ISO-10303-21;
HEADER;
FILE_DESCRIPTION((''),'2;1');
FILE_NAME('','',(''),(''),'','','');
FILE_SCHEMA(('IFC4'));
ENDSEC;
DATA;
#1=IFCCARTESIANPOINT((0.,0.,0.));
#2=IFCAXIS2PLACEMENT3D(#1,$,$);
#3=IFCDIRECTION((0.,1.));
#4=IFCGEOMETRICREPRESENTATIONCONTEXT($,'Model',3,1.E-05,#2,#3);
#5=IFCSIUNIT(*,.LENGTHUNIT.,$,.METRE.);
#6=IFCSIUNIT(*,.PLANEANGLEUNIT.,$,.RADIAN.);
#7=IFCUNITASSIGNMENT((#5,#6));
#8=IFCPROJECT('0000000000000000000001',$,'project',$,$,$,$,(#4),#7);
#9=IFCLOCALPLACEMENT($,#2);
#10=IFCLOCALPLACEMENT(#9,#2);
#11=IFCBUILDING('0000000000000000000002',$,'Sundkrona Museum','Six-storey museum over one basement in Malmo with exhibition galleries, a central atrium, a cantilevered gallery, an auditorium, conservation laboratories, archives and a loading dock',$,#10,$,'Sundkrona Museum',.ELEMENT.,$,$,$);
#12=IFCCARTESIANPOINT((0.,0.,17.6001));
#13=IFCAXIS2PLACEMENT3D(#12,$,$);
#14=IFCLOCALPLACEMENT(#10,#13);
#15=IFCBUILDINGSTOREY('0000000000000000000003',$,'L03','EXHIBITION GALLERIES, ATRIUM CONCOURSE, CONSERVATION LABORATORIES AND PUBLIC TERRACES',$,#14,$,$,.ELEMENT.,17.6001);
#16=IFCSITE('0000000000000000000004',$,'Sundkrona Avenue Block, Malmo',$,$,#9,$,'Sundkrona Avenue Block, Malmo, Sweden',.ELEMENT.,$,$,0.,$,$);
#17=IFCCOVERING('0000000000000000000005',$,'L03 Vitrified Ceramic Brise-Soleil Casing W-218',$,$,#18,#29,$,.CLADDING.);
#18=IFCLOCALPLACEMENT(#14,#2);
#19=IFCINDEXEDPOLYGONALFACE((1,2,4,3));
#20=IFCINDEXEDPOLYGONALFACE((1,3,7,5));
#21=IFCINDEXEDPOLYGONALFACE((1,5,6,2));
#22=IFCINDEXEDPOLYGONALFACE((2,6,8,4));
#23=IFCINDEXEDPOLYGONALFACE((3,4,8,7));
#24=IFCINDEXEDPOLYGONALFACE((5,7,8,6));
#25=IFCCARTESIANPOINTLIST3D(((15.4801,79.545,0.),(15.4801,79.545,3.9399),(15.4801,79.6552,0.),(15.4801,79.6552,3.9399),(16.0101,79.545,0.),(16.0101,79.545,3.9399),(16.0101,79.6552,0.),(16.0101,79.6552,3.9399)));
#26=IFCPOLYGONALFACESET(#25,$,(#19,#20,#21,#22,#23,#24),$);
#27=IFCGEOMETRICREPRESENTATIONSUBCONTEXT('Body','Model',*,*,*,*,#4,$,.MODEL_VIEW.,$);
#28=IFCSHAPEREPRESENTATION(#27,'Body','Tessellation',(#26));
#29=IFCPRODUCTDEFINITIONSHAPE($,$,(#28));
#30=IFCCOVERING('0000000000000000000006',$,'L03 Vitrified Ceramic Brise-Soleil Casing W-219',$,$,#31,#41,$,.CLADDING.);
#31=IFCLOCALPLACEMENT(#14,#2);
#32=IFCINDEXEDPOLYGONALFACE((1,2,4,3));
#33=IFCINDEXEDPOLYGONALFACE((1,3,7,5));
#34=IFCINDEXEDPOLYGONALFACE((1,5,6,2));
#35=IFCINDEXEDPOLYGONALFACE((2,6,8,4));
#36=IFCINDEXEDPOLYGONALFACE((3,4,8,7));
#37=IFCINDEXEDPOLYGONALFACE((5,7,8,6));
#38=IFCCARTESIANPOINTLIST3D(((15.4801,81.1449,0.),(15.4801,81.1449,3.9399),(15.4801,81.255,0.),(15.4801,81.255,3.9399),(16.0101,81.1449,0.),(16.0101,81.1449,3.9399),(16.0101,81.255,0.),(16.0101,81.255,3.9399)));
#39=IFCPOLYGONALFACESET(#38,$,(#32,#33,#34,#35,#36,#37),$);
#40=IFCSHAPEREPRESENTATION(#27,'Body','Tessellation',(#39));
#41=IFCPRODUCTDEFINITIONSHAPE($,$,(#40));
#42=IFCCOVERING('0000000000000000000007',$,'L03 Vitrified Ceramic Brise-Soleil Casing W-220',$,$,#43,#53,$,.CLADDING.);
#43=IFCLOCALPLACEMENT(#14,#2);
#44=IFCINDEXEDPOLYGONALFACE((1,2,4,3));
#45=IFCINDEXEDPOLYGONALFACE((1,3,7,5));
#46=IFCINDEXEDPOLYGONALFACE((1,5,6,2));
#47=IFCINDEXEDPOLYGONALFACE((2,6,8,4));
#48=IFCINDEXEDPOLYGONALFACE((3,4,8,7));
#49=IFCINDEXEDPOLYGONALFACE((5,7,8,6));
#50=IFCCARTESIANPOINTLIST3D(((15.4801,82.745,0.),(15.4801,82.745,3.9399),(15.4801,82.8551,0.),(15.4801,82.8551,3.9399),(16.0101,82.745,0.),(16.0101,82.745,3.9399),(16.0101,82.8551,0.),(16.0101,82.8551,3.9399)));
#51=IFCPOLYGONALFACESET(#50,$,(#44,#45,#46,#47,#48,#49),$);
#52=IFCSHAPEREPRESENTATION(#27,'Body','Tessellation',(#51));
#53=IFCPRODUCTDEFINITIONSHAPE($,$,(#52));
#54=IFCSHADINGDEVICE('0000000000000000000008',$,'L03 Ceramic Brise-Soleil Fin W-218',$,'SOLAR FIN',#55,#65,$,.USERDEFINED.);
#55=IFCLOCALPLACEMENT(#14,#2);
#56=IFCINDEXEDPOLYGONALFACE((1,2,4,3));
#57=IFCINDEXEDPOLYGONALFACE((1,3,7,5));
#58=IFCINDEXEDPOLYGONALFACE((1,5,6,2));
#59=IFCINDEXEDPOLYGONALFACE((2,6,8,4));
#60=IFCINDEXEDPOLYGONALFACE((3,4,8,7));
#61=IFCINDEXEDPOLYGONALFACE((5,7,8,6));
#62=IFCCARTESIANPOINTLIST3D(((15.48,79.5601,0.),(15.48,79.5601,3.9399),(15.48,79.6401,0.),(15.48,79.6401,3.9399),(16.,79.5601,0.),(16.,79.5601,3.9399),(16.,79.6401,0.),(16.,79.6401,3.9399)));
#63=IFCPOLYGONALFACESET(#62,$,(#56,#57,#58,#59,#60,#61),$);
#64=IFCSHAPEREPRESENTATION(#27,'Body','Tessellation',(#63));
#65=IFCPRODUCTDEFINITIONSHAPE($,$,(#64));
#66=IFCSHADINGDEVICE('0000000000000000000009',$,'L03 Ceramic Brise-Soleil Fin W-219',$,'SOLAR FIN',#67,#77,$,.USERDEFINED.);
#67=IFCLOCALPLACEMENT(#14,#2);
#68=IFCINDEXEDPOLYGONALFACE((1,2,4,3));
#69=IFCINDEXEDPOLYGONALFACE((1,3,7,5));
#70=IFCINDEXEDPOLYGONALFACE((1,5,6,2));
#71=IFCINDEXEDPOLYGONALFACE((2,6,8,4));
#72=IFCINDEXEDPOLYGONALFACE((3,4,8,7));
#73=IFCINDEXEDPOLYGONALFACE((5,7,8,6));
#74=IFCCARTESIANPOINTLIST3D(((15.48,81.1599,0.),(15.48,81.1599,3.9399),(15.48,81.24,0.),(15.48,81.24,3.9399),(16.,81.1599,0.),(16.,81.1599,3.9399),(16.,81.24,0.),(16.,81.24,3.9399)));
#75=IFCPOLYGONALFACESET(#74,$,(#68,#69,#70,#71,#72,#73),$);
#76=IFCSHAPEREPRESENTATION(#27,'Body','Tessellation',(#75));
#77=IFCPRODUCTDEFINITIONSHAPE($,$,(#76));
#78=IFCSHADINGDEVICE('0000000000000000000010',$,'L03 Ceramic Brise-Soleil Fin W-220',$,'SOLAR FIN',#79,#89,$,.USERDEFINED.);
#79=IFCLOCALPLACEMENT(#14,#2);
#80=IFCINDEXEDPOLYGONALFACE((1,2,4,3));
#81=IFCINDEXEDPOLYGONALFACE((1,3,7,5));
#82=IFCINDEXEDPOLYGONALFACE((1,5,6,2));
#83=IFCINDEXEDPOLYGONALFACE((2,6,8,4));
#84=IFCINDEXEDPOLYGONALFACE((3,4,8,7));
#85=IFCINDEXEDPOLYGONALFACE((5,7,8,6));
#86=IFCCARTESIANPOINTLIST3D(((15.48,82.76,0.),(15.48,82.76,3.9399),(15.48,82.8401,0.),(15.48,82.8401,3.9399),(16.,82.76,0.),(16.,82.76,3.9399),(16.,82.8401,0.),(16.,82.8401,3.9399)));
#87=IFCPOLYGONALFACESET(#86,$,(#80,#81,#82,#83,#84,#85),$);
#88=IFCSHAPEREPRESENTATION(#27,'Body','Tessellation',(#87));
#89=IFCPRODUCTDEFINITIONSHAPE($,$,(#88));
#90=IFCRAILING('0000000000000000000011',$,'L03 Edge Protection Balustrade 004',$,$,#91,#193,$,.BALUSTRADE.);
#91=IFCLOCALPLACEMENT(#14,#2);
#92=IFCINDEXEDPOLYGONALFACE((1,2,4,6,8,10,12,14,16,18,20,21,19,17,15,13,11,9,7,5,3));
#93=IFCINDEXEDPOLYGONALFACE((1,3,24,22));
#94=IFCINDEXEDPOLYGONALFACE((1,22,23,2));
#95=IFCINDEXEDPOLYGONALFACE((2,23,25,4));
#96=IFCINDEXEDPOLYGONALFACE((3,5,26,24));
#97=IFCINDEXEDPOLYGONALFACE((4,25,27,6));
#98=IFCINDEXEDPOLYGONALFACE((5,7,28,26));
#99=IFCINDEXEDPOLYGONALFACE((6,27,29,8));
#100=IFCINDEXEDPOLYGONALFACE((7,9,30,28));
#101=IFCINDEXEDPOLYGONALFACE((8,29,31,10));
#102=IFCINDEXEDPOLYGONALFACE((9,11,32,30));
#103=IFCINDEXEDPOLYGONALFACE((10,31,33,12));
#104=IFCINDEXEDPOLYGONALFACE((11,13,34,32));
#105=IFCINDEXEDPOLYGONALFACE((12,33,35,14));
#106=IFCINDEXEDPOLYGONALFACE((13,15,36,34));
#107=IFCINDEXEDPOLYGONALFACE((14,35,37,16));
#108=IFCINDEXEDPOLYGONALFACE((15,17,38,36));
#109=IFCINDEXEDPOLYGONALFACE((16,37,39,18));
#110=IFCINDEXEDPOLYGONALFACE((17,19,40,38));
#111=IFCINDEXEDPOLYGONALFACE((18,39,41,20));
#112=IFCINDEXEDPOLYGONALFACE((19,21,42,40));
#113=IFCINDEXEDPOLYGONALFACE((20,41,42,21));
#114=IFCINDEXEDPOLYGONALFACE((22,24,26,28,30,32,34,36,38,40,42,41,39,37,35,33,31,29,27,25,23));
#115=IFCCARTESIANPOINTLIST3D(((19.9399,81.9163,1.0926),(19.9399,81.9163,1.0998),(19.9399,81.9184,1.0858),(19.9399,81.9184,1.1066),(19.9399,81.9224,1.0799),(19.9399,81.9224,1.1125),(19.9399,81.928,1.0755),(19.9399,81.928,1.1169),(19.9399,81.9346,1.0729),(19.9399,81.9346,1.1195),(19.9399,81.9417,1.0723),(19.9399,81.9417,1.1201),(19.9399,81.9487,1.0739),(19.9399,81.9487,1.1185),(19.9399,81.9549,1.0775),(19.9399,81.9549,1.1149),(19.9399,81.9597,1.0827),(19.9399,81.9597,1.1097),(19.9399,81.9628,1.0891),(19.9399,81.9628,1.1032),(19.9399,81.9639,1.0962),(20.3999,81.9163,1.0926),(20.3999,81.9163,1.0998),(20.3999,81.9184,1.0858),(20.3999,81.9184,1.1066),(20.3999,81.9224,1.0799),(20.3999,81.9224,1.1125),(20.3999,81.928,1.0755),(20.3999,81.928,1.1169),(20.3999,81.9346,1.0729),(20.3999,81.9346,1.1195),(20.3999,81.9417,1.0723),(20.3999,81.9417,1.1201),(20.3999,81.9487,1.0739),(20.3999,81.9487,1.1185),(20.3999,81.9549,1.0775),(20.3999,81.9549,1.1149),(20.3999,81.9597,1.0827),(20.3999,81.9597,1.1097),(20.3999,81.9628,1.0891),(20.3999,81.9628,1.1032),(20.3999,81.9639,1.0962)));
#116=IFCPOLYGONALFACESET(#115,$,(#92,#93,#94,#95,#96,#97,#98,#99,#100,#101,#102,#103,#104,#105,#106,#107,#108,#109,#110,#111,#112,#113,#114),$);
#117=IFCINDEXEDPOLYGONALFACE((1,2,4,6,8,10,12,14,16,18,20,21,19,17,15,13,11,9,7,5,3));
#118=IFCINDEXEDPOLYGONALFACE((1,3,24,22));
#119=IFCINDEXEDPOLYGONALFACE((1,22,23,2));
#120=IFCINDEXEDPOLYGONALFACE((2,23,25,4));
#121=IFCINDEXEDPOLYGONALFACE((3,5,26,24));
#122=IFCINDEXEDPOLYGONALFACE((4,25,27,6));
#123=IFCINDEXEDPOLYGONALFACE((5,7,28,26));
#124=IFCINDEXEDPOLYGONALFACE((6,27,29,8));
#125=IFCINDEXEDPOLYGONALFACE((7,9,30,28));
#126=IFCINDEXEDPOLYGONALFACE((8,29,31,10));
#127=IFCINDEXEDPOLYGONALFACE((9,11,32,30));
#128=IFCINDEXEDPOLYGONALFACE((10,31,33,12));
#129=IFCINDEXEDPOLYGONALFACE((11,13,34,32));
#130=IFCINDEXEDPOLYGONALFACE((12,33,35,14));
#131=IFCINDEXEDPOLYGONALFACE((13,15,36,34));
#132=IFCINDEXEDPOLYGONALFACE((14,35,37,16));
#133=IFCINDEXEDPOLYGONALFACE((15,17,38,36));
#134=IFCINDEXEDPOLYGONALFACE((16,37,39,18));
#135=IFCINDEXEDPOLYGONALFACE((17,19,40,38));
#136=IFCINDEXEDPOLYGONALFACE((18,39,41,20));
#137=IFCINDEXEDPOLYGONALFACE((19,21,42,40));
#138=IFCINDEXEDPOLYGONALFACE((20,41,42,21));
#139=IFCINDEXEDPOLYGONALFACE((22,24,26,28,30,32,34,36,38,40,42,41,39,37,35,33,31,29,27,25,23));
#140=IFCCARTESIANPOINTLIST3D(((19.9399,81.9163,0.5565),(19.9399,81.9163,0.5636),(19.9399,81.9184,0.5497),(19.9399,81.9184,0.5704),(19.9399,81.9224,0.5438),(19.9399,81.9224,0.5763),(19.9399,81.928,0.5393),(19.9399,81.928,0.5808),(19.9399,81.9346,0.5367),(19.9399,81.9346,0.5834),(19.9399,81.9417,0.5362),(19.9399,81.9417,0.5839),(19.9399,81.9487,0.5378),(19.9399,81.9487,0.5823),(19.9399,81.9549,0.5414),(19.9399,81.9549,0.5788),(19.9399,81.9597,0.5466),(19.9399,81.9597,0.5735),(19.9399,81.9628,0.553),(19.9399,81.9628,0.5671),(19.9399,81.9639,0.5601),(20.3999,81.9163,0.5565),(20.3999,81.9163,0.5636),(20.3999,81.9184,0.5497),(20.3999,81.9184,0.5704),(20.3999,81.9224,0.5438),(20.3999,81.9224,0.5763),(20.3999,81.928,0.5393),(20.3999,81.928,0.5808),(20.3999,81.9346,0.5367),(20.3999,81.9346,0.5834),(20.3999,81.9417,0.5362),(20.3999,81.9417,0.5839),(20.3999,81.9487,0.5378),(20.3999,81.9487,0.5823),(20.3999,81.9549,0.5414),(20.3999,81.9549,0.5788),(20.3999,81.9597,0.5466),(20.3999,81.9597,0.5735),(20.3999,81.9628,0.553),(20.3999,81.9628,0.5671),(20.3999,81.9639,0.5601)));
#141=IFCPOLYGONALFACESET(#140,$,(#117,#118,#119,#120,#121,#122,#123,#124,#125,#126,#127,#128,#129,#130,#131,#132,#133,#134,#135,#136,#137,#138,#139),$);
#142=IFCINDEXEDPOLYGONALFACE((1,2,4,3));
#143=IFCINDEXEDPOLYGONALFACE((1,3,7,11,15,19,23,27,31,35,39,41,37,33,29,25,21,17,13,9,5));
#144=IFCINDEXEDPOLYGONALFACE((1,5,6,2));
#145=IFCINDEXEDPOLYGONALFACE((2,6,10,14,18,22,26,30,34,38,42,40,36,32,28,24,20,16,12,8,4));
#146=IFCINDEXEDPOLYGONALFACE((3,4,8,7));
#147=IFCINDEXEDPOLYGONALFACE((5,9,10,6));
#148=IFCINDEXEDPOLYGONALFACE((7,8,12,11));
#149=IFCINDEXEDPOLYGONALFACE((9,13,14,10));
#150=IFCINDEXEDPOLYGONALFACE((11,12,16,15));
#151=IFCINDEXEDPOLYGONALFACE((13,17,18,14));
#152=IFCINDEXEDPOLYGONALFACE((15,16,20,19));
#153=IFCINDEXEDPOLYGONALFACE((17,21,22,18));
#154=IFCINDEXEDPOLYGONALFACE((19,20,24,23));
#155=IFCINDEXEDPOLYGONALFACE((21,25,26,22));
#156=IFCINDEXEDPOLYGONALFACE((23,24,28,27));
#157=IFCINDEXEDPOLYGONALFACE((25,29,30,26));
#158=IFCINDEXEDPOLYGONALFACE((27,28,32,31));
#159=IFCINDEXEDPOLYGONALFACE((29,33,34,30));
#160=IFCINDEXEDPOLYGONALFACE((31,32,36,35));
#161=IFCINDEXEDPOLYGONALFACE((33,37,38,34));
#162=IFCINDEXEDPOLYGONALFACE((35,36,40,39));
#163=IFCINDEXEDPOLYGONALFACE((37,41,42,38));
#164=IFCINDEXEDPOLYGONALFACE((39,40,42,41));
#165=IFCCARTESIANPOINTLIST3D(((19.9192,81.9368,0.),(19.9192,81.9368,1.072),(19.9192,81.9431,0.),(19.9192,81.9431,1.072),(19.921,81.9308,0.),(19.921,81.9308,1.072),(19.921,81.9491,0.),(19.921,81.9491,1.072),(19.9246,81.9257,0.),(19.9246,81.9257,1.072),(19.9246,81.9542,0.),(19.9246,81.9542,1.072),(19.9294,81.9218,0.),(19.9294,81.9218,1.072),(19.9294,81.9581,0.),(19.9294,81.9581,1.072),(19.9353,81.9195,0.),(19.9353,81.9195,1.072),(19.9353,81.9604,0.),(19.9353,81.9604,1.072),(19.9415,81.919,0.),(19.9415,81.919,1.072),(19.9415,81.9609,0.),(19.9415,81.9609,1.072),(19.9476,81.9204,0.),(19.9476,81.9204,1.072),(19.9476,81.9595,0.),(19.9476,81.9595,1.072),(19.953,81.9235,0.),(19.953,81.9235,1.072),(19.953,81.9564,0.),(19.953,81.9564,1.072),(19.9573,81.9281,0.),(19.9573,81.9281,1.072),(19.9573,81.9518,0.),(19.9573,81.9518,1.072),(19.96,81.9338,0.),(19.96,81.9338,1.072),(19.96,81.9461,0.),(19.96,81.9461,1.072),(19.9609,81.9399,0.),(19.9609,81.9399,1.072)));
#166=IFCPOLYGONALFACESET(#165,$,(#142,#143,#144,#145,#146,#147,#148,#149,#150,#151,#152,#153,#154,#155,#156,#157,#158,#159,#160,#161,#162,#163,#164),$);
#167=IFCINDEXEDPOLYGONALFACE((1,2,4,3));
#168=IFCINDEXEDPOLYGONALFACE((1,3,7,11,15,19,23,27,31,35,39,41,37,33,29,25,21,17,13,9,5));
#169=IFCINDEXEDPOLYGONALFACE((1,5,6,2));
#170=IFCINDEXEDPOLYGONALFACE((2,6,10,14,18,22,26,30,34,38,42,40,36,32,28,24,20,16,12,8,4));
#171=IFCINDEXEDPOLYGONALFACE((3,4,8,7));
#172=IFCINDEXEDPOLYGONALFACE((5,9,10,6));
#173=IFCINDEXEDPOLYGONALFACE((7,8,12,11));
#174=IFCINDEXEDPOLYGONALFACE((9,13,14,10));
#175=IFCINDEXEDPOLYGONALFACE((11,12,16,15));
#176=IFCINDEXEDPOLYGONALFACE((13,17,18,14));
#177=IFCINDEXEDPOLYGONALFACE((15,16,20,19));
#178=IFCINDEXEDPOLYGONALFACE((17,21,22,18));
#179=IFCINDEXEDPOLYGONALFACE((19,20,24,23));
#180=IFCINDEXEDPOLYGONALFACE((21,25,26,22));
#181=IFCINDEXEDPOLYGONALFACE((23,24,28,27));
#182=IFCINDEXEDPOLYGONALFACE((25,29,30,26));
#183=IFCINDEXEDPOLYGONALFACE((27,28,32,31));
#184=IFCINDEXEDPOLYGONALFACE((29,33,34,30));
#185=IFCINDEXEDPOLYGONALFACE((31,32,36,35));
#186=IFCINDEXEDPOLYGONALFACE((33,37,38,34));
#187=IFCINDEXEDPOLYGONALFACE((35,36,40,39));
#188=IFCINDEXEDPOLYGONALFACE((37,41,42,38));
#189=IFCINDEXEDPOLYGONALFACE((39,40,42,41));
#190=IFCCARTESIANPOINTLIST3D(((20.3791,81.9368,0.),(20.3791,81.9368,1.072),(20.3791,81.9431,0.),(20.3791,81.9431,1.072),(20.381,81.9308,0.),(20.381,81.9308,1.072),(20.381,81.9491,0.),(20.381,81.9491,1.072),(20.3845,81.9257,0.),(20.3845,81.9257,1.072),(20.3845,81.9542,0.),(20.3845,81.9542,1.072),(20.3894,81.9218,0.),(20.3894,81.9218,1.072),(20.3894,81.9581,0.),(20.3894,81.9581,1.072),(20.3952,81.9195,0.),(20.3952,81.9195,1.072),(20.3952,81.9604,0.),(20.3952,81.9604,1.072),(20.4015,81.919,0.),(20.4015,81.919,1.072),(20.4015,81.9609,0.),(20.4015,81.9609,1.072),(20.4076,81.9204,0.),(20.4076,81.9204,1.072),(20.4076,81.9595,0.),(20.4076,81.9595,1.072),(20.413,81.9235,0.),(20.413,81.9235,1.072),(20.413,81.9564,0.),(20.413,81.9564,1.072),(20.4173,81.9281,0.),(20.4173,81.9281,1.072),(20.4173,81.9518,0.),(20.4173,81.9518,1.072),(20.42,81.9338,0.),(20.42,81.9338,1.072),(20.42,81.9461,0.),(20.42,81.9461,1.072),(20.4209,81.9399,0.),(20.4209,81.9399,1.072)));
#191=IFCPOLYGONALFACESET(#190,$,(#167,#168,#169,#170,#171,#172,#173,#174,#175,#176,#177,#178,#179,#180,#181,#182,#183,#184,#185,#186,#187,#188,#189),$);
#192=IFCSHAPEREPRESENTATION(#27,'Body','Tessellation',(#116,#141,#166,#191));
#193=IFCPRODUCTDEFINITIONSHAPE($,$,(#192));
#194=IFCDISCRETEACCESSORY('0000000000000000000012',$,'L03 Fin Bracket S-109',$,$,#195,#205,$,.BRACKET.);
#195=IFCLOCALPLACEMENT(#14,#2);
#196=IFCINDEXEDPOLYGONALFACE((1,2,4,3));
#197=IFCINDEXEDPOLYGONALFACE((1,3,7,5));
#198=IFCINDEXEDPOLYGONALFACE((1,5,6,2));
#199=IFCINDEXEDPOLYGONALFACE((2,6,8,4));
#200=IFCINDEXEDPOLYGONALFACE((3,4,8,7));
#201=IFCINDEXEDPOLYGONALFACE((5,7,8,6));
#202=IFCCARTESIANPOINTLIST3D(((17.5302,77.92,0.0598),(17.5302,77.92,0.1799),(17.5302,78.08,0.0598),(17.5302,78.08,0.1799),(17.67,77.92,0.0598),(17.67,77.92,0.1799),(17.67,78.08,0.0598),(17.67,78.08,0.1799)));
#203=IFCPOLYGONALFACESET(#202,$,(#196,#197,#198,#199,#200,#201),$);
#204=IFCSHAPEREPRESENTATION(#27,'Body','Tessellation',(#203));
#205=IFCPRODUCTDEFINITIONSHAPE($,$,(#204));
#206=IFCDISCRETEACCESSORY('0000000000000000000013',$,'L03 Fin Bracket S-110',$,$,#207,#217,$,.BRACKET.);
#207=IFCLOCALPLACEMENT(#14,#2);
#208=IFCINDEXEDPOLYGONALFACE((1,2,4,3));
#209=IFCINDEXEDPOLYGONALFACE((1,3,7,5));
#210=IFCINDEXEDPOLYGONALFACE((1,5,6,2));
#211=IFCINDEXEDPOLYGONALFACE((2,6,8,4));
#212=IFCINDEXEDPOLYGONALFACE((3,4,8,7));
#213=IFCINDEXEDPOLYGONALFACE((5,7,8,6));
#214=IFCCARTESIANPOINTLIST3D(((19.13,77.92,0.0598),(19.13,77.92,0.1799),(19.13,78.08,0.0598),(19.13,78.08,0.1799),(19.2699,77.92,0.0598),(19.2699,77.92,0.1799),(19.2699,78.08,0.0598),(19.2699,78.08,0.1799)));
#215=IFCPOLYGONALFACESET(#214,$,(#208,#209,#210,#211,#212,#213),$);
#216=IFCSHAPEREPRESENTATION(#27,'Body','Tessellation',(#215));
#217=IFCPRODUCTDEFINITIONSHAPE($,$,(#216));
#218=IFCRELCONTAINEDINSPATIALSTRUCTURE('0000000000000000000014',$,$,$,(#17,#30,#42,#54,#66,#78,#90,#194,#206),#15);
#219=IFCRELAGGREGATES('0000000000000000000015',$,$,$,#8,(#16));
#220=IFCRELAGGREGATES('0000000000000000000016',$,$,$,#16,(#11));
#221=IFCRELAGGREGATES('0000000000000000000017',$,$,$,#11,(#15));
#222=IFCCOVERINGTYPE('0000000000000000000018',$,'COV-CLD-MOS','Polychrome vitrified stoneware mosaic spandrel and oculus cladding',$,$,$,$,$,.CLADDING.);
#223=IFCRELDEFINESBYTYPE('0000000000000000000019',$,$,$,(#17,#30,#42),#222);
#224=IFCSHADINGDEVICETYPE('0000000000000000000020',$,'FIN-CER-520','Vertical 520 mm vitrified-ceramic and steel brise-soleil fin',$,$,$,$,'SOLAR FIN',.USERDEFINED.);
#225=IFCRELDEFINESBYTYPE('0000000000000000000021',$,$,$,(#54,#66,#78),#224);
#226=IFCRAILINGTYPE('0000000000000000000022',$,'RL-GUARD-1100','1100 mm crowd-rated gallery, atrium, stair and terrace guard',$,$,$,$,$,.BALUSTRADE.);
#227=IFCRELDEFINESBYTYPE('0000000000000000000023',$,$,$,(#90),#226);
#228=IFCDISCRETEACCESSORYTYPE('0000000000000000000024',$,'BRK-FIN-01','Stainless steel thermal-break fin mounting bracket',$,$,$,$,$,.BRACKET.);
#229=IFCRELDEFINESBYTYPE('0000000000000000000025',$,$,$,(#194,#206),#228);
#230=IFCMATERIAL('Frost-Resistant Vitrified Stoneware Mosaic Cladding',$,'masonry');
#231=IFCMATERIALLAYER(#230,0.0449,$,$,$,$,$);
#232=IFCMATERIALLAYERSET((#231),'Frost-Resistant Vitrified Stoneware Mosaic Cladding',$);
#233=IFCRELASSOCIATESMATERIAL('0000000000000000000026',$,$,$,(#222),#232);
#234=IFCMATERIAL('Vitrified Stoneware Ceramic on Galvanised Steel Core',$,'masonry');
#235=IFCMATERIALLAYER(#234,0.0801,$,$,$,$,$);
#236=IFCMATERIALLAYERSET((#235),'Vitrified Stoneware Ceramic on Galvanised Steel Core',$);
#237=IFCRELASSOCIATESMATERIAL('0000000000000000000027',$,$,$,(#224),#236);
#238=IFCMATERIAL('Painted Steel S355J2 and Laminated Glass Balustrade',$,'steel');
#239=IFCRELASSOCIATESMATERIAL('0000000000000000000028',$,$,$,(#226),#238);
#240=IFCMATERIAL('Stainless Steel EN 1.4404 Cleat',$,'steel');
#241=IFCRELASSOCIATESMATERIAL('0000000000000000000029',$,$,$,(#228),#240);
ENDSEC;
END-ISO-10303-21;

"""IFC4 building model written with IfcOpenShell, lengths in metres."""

from ifc_helpers import new_model, si_unit, direction, frame, origin, origin_2d, place, context, subcontext, project, spatial, rectangle, circle, extrude, material, layer, layer_set, type_object, element, save


model = new_model("IFC4")

# Units and contexts
model_context = context("Model", 3, precision=1e-05, world=origin(), true_north=direction((0.0, 1.0)))
body_context = subcontext(model_context, "Body", "Model", "MODEL_VIEW")
ifc_project = project(units=[si_unit("LENGTHUNIT", "METRE"), si_unit("PLANEANGLEUNIT", "RADIAN")], contexts=[model_context])

# Site, building, storey
site_placement = place(None, origin())
site = spatial("IfcSite", under=ifc_project, at=site_placement, Name="Sundkrona Avenue Block, Malmo", LongName="Sundkrona Avenue Block, Malmo, Sweden", CompositionType="ELEMENT", RefElevation=0.0)
building_placement = place(site_placement, origin())
building = spatial("IfcBuilding", under=site, at=building_placement, Name="Sundkrona Museum", Description="Six-storey museum over one basement in Malmo with exhibition galleries, a central atrium, a cantilevered gallery, an auditorium, conservation laboratories, archives and a loading dock", LongName="Sundkrona Museum", CompositionType="ELEMENT")
storey_placement = place(building_placement, frame((0.0, 0.0, 17.6001)))
storey = spatial("IfcBuildingStorey", under=building, at=storey_placement, Name="L03", Description="EXHIBITION GALLERIES, ATRIUM CONCOURSE, CONSERVATION LABORATORIES AND PUBLIC TERRACES", CompositionType="ELEMENT", Elevation=17.6001)

# Coverings
ifc_material_1 = material(Name="Frost-Resistant Vitrified Stoneware Mosaic Cladding", Category="masonry")
ifc_layer_1 = layer(ifc_material_1, 0.0449)
ifc_layer_set_1 = layer_set([ifc_layer_1], Name="Frost-Resistant Vitrified Stoneware Mosaic Cladding")
covering_type = type_object("IfcCoveringType", Name="COV-CLD-MOS", Description="Polychrome vitrified stoneware mosaic spandrel and oculus cladding", PredefinedType="CLADDING", material=ifc_layer_set_1)
for number, where, z_axis, x_axis, name in (
    (1, (15.7451, 79.6001, 0.0), (0.0, 0.0, 1.0), (1.0, 0.0, 0.0), "L03 Vitrified Ceramic Brise-Soleil Casing W-218"),
    (2, (15.7451, 81.2, 0.0), (0.0, 0.0, 1.0), (1.0, 0.0, 0.0), "L03 Vitrified Ceramic Brise-Soleil Casing W-219"),
    (3, (15.7451, 82.8, 0.0), (0.0, 0.0, 1.0), (1.0, 0.0, 0.0), "L03 Vitrified Ceramic Brise-Soleil Casing W-220"),
):
    element("IfcCovering", number, at=place(storey_placement, frame(where, z_axis=z_axis, x_axis=x_axis)), inside=storey, type_object=covering_type, Name=name, PredefinedType="CLADDING", context=body_context, shape_type="SweptSolid", body=[
        extrude(rectangle(XDim=0.53, YDim=0.1101, at=origin_2d()), origin(), (0.0, 0.0, 1.0), 3.9399),
    ])

# Shading devices
ifc_material_2 = material(Name="Vitrified Stoneware Ceramic on Galvanised Steel Core", Category="masonry")
ifc_layer_2 = layer(ifc_material_2, 0.0801)
ifc_layer_set_2 = layer_set([ifc_layer_2], Name="Vitrified Stoneware Ceramic on Galvanised Steel Core")
shading_device_type = type_object("IfcShadingDeviceType", Name="FIN-CER-520", Description="Vertical 520 mm vitrified-ceramic and steel brise-soleil fin", ElementType="SOLAR FIN", PredefinedType="USERDEFINED", material=ifc_layer_set_2)
for number, where, z_axis, x_axis, name in (
    (4, (15.74, 79.6001, 0.0), (0.0, 0.0, 1.0), (1.0, 0.0, 0.0), "L03 Ceramic Brise-Soleil Fin W-218"),
    (5, (15.74, 81.2, 0.0), (0.0, 0.0, 1.0), (1.0, 0.0, 0.0), "L03 Ceramic Brise-Soleil Fin W-219"),
    (6, (15.74, 82.8, 0.0), (0.0, 0.0, 1.0), (1.0, 0.0, 0.0), "L03 Ceramic Brise-Soleil Fin W-220"),
):
    element("IfcShadingDevice", number, at=place(storey_placement, frame(where, z_axis=z_axis, x_axis=x_axis)), inside=storey, type_object=shading_device_type, Name=name, ObjectType="SOLAR FIN", PredefinedType="USERDEFINED", context=body_context, shape_type="SweptSolid", body=[
        extrude(rectangle(XDim=0.52, YDim=0.0801, at=origin_2d()), origin(), (0.0, 0.0, 1.0), 3.9399),
    ])

# Railing
ifc_material_3 = material(Name="Painted Steel S355J2 and Laminated Glass Balustrade", Category="steel")
railing_type = type_object("IfcRailingType", Name="RL-GUARD-1100", Description="1100 mm crowd-rated gallery, atrium, stair and terrace guard", PredefinedType="BALUSTRADE", material=ifc_material_3)
railing_placement = place(storey_placement, frame((19.9399, 81.9399, 0.0)))
element("IfcRailing", 7, at=railing_placement, inside=storey, type_object=railing_type, Name="L03 Edge Protection Balustrade 004", PredefinedType="BALUSTRADE", context=body_context, shape_type="SweptSolid", body=[
    extrude(circle(Radius=0.0239, at=origin_2d()), frame((0.0, 0.0, 1.0962), z_axis=(1.0, 0.0, 0.0), x_axis=(0.0, 1.0, 0.0)), (0.0, 0.0, 1.0), 0.46),
    extrude(circle(Radius=0.0239, at=origin_2d()), frame((0.0, 0.0, 0.5601), z_axis=(1.0, 0.0, 0.0), x_axis=(0.0, 1.0, 0.0)), (0.0, 0.0, 1.0), 0.46),
    extrude(circle(Radius=0.021, at=origin_2d()), origin(), (0.0, 0.0, 1.0), 1.072),
    extrude(circle(Radius=0.021, at=origin_2d()), frame((0.46, 0.0, 0.0)), (0.0, 0.0, 1.0), 1.072),
])

# Discrete accessories
ifc_material_4 = material(Name="Stainless Steel EN 1.4404 Cleat", Category="steel")
discrete_accessory_type = type_object("IfcDiscreteAccessoryType", Name="BRK-FIN-01", Description="Stainless steel thermal-break fin mounting bracket", PredefinedType="BRACKET", material=ifc_material_4)
for number, where, z_axis, x_axis, name in (
    (8, (17.6001, 78.0, 0.0598), (0.0, 0.0, 1.0), (1.0, 0.0, 0.0), "L03 Fin Bracket S-109"),
    (9, (19.2, 78.0, 0.0598), (0.0, 0.0, 1.0), (1.0, 0.0, 0.0), "L03 Fin Bracket S-110"),
):
    element("IfcDiscreteAccessory", number, at=place(storey_placement, frame(where, z_axis=z_axis, x_axis=x_axis)), inside=storey, type_object=discrete_accessory_type, Name=name, PredefinedType="BRACKET", context=body_context, shape_type="SweptSolid", body=[
        extrude(rectangle(XDim=0.1399, YDim=0.1599, at=origin_2d()), origin(), (0.0, 0.0, 1.0), 0.1201),
    ])

save(model, "model.ifc")
